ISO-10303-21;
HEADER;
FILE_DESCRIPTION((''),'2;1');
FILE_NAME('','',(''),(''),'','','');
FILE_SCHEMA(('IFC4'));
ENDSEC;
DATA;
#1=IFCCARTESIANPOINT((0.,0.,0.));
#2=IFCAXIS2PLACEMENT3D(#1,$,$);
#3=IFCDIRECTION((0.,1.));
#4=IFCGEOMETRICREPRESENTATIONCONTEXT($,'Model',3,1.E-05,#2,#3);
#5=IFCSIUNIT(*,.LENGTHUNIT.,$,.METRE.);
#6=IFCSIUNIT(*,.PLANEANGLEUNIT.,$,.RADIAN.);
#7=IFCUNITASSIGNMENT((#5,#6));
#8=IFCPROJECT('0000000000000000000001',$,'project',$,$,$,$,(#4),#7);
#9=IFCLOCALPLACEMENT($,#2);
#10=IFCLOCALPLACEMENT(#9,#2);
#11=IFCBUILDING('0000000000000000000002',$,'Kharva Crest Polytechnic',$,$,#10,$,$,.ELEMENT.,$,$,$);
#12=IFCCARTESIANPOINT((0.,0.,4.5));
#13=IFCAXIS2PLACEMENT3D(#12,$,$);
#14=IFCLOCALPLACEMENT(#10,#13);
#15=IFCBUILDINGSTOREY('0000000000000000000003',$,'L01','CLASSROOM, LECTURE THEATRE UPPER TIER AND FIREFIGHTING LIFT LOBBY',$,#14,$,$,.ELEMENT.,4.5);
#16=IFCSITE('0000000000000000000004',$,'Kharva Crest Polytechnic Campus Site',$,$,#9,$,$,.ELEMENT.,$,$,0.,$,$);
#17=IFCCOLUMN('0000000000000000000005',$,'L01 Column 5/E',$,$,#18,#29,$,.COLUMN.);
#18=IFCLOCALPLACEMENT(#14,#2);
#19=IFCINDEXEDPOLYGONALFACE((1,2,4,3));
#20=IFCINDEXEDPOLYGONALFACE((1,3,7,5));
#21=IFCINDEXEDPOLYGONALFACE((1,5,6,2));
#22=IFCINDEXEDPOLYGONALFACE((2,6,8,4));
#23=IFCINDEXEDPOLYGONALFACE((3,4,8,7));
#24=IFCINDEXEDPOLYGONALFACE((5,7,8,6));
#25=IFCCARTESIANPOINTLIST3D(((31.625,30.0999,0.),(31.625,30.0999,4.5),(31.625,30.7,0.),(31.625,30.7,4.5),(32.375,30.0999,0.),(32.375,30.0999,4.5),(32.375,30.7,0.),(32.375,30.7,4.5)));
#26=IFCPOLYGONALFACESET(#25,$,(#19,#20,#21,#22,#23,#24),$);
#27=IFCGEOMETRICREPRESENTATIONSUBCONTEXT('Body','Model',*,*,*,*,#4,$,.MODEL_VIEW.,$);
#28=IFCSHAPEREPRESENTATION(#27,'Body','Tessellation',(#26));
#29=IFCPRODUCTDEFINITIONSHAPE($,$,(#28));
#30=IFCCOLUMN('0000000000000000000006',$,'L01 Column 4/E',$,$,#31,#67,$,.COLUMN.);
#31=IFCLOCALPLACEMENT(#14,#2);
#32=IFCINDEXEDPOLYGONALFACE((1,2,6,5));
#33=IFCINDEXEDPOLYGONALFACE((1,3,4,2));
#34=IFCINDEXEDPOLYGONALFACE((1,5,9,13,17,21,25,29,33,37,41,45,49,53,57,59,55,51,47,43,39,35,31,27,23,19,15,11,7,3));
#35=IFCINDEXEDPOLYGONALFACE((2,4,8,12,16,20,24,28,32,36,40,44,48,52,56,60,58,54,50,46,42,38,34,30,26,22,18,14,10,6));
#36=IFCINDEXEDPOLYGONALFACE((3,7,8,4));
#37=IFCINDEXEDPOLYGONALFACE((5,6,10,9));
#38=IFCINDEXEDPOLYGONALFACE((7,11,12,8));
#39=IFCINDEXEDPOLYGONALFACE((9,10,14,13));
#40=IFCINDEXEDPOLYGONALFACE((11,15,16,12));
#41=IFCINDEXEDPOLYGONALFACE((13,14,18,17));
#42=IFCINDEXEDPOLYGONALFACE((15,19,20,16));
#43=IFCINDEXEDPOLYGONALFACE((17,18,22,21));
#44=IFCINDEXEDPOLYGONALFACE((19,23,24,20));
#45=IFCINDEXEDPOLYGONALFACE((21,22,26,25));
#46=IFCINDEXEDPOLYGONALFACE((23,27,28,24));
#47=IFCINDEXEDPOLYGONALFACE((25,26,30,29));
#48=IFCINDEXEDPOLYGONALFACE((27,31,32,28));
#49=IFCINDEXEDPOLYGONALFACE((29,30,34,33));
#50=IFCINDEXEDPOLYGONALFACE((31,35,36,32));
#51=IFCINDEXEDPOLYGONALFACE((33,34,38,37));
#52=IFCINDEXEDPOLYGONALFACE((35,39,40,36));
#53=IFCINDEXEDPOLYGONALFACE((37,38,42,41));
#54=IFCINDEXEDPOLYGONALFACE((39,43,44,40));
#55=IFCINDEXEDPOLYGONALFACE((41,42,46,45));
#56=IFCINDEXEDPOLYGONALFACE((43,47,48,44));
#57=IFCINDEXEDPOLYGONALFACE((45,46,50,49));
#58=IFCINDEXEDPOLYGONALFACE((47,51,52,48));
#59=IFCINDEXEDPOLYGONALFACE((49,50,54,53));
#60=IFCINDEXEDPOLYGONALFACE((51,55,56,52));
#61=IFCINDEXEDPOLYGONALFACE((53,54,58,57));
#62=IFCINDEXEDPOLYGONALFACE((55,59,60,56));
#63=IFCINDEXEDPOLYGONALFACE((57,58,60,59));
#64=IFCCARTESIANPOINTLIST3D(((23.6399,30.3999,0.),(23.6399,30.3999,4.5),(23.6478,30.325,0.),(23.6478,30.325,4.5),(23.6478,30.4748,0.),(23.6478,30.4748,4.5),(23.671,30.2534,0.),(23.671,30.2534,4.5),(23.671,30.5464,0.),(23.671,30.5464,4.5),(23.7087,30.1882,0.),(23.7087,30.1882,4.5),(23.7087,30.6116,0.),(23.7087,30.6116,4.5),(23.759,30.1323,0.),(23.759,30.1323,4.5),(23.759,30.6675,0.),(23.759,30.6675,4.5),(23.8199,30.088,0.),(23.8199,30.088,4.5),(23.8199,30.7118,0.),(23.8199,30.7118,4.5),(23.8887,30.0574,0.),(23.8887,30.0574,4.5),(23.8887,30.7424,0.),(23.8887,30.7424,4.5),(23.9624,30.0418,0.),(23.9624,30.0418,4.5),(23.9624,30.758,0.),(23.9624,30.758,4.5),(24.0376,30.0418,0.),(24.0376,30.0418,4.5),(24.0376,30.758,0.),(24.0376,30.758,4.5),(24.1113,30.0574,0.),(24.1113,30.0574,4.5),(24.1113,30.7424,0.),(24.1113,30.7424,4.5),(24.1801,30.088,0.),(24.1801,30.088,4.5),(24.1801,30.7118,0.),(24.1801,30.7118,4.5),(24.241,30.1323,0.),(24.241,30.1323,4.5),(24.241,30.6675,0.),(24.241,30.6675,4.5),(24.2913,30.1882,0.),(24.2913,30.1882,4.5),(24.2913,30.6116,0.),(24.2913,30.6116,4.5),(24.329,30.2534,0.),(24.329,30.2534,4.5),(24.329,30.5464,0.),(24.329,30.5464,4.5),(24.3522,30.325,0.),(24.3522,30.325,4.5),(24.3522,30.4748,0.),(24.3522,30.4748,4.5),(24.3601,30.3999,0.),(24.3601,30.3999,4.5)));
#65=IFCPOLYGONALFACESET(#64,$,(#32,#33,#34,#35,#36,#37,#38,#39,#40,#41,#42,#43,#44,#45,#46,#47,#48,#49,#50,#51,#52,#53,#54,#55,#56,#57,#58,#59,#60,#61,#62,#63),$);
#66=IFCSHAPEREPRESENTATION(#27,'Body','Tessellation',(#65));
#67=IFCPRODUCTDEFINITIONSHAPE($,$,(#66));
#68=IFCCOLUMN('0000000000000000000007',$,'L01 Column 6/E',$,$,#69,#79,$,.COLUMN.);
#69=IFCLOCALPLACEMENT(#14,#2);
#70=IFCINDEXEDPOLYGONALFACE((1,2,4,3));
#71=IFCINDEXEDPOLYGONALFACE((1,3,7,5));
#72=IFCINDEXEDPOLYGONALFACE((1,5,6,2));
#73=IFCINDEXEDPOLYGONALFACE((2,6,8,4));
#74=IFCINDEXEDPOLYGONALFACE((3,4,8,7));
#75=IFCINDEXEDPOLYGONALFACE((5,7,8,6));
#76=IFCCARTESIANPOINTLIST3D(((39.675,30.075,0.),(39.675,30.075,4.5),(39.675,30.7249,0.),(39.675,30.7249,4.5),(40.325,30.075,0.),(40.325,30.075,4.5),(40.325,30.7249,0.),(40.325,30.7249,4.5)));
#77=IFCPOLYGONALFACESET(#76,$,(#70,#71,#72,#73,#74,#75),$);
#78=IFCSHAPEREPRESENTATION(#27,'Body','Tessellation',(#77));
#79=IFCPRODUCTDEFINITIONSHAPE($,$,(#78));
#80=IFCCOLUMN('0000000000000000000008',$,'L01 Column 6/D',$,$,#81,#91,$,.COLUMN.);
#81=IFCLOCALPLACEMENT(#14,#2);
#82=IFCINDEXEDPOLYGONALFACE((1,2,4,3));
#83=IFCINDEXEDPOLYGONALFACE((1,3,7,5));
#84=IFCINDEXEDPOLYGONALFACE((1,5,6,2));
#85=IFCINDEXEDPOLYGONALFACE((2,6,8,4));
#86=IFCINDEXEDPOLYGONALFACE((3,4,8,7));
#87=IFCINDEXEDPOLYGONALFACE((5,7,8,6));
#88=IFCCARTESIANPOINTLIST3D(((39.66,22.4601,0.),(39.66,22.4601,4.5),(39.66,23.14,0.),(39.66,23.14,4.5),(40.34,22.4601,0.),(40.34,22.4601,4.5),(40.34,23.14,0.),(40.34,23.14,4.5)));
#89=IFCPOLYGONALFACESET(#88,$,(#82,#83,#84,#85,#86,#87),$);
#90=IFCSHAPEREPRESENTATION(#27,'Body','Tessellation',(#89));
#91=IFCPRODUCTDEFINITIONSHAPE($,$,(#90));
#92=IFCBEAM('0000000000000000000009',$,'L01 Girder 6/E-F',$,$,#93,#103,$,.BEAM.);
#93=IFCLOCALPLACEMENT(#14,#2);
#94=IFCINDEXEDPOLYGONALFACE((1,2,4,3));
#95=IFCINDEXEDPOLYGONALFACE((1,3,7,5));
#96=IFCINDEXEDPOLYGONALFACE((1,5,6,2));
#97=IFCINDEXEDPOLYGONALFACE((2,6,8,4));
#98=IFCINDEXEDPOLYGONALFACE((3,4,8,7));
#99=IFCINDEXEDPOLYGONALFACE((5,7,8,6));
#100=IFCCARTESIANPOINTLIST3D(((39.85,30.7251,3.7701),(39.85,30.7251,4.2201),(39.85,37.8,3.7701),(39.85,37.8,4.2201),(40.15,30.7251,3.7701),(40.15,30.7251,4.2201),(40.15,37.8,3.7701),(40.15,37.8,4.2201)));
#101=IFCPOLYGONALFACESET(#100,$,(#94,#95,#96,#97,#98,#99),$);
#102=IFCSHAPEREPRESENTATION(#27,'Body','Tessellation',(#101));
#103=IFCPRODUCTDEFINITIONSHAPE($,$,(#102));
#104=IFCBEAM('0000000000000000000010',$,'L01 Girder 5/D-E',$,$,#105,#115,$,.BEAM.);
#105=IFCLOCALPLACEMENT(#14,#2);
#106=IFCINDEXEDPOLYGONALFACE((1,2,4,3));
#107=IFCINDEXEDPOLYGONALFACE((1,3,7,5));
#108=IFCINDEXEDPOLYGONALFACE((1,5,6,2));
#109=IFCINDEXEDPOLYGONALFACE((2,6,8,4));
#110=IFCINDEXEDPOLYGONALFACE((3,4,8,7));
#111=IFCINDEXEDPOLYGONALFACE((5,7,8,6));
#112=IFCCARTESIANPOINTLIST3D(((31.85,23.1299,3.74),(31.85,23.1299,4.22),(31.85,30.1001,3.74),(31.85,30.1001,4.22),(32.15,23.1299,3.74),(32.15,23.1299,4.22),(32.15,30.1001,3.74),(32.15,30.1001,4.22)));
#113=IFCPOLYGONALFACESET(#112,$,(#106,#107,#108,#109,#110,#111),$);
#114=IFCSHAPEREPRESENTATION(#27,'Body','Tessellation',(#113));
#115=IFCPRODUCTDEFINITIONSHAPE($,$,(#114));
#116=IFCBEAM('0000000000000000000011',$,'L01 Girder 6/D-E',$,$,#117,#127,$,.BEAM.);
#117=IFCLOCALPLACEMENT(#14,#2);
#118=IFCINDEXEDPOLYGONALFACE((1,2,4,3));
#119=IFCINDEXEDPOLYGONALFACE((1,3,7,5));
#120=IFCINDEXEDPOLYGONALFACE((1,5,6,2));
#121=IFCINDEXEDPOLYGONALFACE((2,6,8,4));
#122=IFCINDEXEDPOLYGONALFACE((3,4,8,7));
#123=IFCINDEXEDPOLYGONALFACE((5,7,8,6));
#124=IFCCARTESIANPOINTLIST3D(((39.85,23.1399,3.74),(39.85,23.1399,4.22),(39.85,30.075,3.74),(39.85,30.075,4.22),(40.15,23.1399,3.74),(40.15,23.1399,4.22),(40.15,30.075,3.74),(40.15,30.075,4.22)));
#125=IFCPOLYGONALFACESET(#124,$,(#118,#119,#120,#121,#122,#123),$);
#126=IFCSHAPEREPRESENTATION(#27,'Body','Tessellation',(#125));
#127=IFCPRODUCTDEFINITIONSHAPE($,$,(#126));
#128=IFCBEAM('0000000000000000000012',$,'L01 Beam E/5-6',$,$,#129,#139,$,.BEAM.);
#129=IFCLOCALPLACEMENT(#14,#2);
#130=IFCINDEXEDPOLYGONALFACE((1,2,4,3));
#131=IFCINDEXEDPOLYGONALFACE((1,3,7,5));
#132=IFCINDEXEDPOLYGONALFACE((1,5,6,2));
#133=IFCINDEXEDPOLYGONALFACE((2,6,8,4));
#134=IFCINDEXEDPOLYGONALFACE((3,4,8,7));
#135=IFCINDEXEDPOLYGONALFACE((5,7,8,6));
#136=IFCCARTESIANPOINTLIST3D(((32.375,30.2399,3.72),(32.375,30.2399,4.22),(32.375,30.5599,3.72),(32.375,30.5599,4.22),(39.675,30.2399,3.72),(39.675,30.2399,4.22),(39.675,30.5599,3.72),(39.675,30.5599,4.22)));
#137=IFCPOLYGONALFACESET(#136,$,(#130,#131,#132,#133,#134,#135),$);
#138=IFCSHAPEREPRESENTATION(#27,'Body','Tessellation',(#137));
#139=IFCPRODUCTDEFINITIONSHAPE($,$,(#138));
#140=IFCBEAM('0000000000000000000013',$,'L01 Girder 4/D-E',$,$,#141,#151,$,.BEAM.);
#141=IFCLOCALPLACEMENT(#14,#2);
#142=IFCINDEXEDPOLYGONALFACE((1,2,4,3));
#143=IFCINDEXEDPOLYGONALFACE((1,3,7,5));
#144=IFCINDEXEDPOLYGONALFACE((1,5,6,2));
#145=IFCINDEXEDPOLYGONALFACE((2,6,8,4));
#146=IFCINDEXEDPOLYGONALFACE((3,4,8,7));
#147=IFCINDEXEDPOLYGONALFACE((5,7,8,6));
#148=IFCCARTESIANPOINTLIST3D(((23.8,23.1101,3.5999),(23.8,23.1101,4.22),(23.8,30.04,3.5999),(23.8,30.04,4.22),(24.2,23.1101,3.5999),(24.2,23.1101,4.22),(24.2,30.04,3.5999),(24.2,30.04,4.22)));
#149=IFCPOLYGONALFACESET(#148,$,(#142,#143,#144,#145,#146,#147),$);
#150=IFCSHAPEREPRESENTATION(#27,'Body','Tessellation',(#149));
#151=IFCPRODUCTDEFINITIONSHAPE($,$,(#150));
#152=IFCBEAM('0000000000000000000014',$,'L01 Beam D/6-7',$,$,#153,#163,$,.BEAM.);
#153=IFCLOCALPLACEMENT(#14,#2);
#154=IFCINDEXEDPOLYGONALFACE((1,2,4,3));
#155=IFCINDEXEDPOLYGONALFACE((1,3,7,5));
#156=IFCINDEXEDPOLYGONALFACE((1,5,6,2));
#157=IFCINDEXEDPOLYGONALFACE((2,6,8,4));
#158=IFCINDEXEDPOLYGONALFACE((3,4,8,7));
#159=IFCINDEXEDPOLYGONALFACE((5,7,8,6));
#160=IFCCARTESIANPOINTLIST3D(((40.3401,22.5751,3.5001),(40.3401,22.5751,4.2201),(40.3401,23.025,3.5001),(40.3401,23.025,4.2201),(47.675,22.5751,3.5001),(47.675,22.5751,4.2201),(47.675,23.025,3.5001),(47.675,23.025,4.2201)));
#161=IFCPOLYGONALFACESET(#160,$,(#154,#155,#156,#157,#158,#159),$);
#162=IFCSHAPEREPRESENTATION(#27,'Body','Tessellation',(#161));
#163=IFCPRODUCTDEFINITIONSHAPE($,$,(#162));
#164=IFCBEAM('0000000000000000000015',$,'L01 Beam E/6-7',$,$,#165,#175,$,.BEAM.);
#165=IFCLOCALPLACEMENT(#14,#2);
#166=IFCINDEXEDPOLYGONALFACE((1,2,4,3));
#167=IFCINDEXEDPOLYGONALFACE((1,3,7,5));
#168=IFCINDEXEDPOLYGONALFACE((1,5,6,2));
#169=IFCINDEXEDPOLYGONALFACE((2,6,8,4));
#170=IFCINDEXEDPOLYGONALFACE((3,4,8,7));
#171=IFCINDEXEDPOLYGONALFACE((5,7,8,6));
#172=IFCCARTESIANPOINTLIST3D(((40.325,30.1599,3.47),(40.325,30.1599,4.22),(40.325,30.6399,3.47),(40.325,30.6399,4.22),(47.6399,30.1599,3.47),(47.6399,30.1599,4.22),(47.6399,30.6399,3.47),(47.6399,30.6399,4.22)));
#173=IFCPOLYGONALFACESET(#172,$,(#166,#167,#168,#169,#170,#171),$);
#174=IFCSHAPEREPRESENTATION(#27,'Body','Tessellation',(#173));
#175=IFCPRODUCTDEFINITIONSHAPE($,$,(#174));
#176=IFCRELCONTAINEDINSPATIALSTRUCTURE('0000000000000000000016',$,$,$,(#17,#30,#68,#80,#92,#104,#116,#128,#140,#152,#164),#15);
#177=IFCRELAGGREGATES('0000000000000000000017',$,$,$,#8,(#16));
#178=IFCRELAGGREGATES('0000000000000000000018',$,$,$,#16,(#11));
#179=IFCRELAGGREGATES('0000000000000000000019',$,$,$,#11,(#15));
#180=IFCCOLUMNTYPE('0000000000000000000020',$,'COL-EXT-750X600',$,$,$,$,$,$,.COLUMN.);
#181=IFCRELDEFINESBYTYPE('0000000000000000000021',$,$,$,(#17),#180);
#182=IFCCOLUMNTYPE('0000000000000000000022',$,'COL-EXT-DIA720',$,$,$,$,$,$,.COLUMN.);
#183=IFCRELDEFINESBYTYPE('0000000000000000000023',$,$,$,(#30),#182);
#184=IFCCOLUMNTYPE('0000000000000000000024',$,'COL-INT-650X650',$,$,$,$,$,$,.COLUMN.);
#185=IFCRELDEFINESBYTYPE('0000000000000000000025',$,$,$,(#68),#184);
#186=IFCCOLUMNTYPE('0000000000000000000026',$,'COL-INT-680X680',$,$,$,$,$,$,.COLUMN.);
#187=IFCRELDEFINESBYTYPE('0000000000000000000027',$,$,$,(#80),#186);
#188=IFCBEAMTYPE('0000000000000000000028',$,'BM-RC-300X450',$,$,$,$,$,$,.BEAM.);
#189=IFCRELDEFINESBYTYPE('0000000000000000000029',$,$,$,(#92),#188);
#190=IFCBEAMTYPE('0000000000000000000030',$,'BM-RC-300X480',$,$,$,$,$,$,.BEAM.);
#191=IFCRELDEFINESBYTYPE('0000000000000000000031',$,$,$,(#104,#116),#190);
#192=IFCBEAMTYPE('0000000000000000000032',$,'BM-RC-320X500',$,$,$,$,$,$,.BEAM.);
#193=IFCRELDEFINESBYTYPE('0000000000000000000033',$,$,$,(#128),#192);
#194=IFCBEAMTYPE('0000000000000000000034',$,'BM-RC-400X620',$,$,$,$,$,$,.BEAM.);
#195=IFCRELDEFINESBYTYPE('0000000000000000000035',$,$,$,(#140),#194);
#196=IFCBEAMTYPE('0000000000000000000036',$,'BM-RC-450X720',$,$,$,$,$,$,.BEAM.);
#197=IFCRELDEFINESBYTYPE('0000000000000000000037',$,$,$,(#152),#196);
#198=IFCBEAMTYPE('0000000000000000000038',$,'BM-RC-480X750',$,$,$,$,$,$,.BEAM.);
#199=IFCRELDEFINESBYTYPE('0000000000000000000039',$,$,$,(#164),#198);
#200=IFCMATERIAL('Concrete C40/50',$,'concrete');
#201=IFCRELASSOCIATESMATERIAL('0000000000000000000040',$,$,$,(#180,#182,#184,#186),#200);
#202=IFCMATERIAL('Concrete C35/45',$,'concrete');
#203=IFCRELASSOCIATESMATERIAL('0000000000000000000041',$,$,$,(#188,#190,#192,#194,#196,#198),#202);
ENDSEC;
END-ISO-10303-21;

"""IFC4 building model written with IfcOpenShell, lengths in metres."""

from ifc_helpers import new_model, si_unit, direction, frame, origin, origin_2d, place, context, subcontext, project, spatial, rectangle, circle, extrude, material, material_profile, profile_set, type_object, element, save


model = new_model("IFC4")

# Units and contexts
model_context = context("Model", 3, precision=1e-05, world=origin(), true_north=direction((0.0, 1.0)))
body_context = subcontext(model_context, "Body", "Model", "MODEL_VIEW")
ifc_project = project(units=[si_unit("LENGTHUNIT", "METRE"), si_unit("PLANEANGLEUNIT", "RADIAN")], contexts=[model_context])

# Site, building, storey
site_placement = place(None, origin())
site = spatial("IfcSite", under=ifc_project, at=site_placement, Name="Kharva Crest Polytechnic Campus Site", CompositionType="ELEMENT", RefElevation=0.0)
building_placement = place(site_placement, origin())
building = spatial("IfcBuilding", under=site, at=building_placement, Name="Kharva Crest Polytechnic", CompositionType="ELEMENT")
storey_placement = place(building_placement, frame((0.0, 0.0, 4.5)))
storey = spatial("IfcBuildingStorey", under=building, at=storey_placement, Name="L01", Description="CLASSROOM, LECTURE THEATRE UPPER TIER AND FIREFIGHTING LIFT LOBBY", CompositionType="ELEMENT", Elevation=4.5)

# Columns
ifc_material_1 = material(Name="Concrete C40/50", Category="concrete")
ifc_material_profile_1 = material_profile(ifc_material_1, rectangle(XDim=0.75, YDim=0.6001, at=origin_2d()), Name="RECT 750 X 600")
ifc_profile_set_1 = profile_set([ifc_material_profile_1], Name="Concrete C40/50")
column_type_1 = type_object("IfcColumnType", Name="COL-EXT-750X600", PredefinedType="COLUMN", material=ifc_profile_set_1)
column_1_placement = place(storey_placement, frame((32.0, 30.3999, 0.0), z_axis=(0.0, 0.0, 1.0), x_axis=(1.0, 0.0, 0.0)))
element("IfcColumn", 1, at=column_1_placement, inside=storey, type_object=column_type_1, Name="L01 Column 5/E", PredefinedType="COLUMN", context=body_context, shape_type="SweptSolid", body=[
    extrude(rectangle(XDim=0.75, YDim=0.6001, at=origin_2d()), origin(), (0.0, 0.0, 1.0), 4.5),
])
ifc_material_profile_2 = material_profile(ifc_material_1, circle(Radius=0.3601, at=origin_2d()), Name="DIA 720")
ifc_profile_set_2 = profile_set([ifc_material_profile_2], Name="Concrete C40/50")
column_type_2 = type_object("IfcColumnType", Name="COL-EXT-DIA720", PredefinedType="COLUMN", material=ifc_profile_set_2)
column_2_placement = place(storey_placement, frame((24.0, 30.3999, 0.0), z_axis=(0.0, 0.0, 1.0), x_axis=(1.0, 0.0, 0.0)))
element("IfcColumn", 2, at=column_2_placement, inside=storey, type_object=column_type_2, Name="L01 Column 4/E", PredefinedType="COLUMN", context=body_context, shape_type="SweptSolid", body=[
    extrude(circle(Radius=0.3601, at=origin_2d()), origin(), (0.0, 0.0, 1.0), 4.5),
])
ifc_material_profile_3 = material_profile(ifc_material_1, rectangle(XDim=0.6499, YDim=0.6499, at=origin_2d()), Name="RECT 650 X 650")
ifc_profile_set_3 = profile_set([ifc_material_profile_3], Name="Concrete C40/50")
column_type_3 = type_object("IfcColumnType", Name="COL-INT-650X650", PredefinedType="COLUMN", material=ifc_profile_set_3)
column_3_placement = place(storey_placement, frame((40.0, 30.3999, 0.0), z_axis=(0.0, 0.0, 1.0), x_axis=(1.0, 0.0, 0.0)))
element("IfcColumn", 3, at=column_3_placement, inside=storey, type_object=column_type_3, Name="L01 Column 6/E", PredefinedType="COLUMN", context=body_context, shape_type="SweptSolid", body=[
    extrude(rectangle(XDim=0.6499, YDim=0.6499, at=origin_2d()), origin(), (0.0, 0.0, 1.0), 4.5),
])
ifc_material_profile_4 = material_profile(ifc_material_1, rectangle(XDim=0.6799, YDim=0.6799, at=origin_2d()), Name="RECT 680 X 680")
ifc_profile_set_4 = profile_set([ifc_material_profile_4], Name="Concrete C40/50")
column_type_4 = type_object("IfcColumnType", Name="COL-INT-680X680", PredefinedType="COLUMN", material=ifc_profile_set_4)
column_4_placement = place(storey_placement, frame((40.0, 22.8, 0.0), z_axis=(0.0, 0.0, 1.0), x_axis=(1.0, 0.0, 0.0)))
element("IfcColumn", 4, at=column_4_placement, inside=storey, type_object=column_type_4, Name="L01 Column 6/D", PredefinedType="COLUMN", context=body_context, shape_type="SweptSolid", body=[
    extrude(rectangle(XDim=0.6799, YDim=0.6799, at=origin_2d()), origin(), (0.0, 0.0, 1.0), 4.5),
])

# Beams
ifc_material_2 = material(Name="Concrete C35/45", Category="concrete")
ifc_material_profile_5 = material_profile(ifc_material_2, rectangle(XDim=0.3, YDim=0.45, at=origin_2d()), Name="RECT 300 X 450")
ifc_profile_set_5 = profile_set([ifc_material_profile_5], Name="Concrete C35/45")
beam_type_1 = type_object("IfcBeamType", Name="BM-RC-300X450", PredefinedType="BEAM", material=ifc_profile_set_5)
beam_1_placement = place(storey_placement, frame((40.0, 30.7251, 3.9951), z_axis=(0.0, 1.0, 0.0), x_axis=(-1.0, 0.0, 0.0)))
element("IfcBeam", 5, at=beam_1_placement, inside=storey, type_object=beam_type_1, Name="L01 Girder 6/E-F", PredefinedType="BEAM", context=body_context, shape_type="SweptSolid", body=[
    extrude(rectangle(XDim=0.3, YDim=0.45, at=origin_2d()), origin(), (0.0, 0.0, 1.0), 7.075),
])
ifc_material_profile_6 = material_profile(ifc_material_2, rectangle(XDim=0.3, YDim=0.48, at=origin_2d()), Name="RECT 300 X 480")
ifc_profile_set_6 = profile_set([ifc_material_profile_6], Name="Concrete C35/45")
beam_type_2 = type_object("IfcBeamType", Name="BM-RC-300X480", PredefinedType="BEAM", material=ifc_profile_set_6)
beam_2_placement = place(storey_placement, frame((32.0, 23.1299, 3.98), z_axis=(0.0, 1.0, 0.0), x_axis=(-1.0, 0.0, 0.0)))
element("IfcBeam", 6, at=beam_2_placement, inside=storey, type_object=beam_type_2, Name="L01 Girder 5/D-E", PredefinedType="BEAM", context=body_context, shape_type="SweptSolid", body=[
    extrude(rectangle(XDim=0.3, YDim=0.48, at=origin_2d()), origin(), (0.0, 0.0, 1.0), 6.9702),
])
beam_3_placement = place(storey_placement, frame((40.0, 23.1399, 3.98), z_axis=(0.0, 1.0, 0.0), x_axis=(-1.0, 0.0, 0.0)))
element("IfcBeam", 7, at=beam_3_placement, inside=storey, type_object=beam_type_2, Name="L01 Girder 6/D-E", PredefinedType="BEAM", context=body_context, shape_type="SweptSolid", body=[
    extrude(rectangle(XDim=0.3, YDim=0.48, at=origin_2d()), origin(), (0.0, 0.0, 1.0), 6.9351),
])
ifc_material_profile_7 = material_profile(ifc_material_2, rectangle(XDim=0.3201, YDim=0.5, at=origin_2d()), Name="RECT 320 X 500")
ifc_profile_set_7 = profile_set([ifc_material_profile_7], Name="Concrete C35/45")
beam_type_3 = type_object("IfcBeamType", Name="BM-RC-320X500", PredefinedType="BEAM", material=ifc_profile_set_7)
beam_4_placement = place(storey_placement, frame((32.375, 30.3999, 3.97), z_axis=(1.0, 0.0, 0.0), x_axis=(0.0, 1.0, 0.0)))
element("IfcBeam", 8, at=beam_4_placement, inside=storey, type_object=beam_type_3, Name="L01 Beam E/5-6", PredefinedType="BEAM", context=body_context, shape_type="SweptSolid", body=[
    extrude(rectangle(XDim=0.3201, YDim=0.5, at=origin_2d()), origin(), (0.0, 0.0, 1.0), 7.3),
])
ifc_material_profile_8 = material_profile(ifc_material_2, rectangle(XDim=0.3999, YDim=0.6201, at=origin_2d()), Name="RECT 400 X 620")
ifc_profile_set_8 = profile_set([ifc_material_profile_8], Name="Concrete C35/45")
beam_type_4 = type_object("IfcBeamType", Name="BM-RC-400X620", PredefinedType="BEAM", material=ifc_profile_set_8)
beam_5_placement = place(storey_placement, frame((24.0, 23.1101, 3.9099), z_axis=(0.0, 1.0, 0.0), x_axis=(-1.0, 0.0, 0.0)))
element("IfcBeam", 9, at=beam_5_placement, inside=storey, type_object=beam_type_4, Name="L01 Girder 4/D-E", PredefinedType="BEAM", context=body_context, shape_type="SweptSolid", body=[
    extrude(rectangle(XDim=0.3999, YDim=0.6201, at=origin_2d()), origin(), (0.0, 0.0, 1.0), 6.9299),
])
ifc_material_profile_9 = material_profile(ifc_material_2, rectangle(XDim=0.45, YDim=0.72, at=origin_2d()), Name="RECT 450 X 720")
ifc_profile_set_9 = profile_set([ifc_material_profile_9], Name="Concrete C35/45")
beam_type_5 = type_object("IfcBeamType", Name="BM-RC-450X720", PredefinedType="BEAM", material=ifc_profile_set_9)
beam_6_placement = place(storey_placement, frame((40.3401, 22.8, 3.8601), z_axis=(1.0, 0.0, 0.0), x_axis=(0.0, 1.0, 0.0)))
element("IfcBeam", 10, at=beam_6_placement, inside=storey, type_object=beam_type_5, Name="L01 Beam D/6-7", PredefinedType="BEAM", context=body_context, shape_type="SweptSolid", body=[
    extrude(rectangle(XDim=0.45, YDim=0.72, at=origin_2d()), origin(), (0.0, 0.0, 1.0), 7.335),
])
ifc_material_profile_10 = material_profile(ifc_material_2, rectangle(XDim=0.48, YDim=0.75, at=origin_2d()), Name="RECT 480 X 750")
ifc_profile_set_10 = profile_set([ifc_material_profile_10], Name="Concrete C35/45")
beam_type_6 = type_object("IfcBeamType", Name="BM-RC-480X750", PredefinedType="BEAM", material=ifc_profile_set_10)
beam_7_placement = place(storey_placement, frame((40.325, 30.3999, 3.845), z_axis=(1.0, 0.0, 0.0), x_axis=(0.0, 1.0, 0.0)))
element("IfcBeam", 11, at=beam_7_placement, inside=storey, type_object=beam_type_6, Name="L01 Beam E/6-7", PredefinedType="BEAM", context=body_context, shape_type="SweptSolid", body=[
    extrude(rectangle(XDim=0.48, YDim=0.75, at=origin_2d()), origin(), (0.0, 0.0, 1.0), 7.3149),
])

save(model, "model.ifc")
